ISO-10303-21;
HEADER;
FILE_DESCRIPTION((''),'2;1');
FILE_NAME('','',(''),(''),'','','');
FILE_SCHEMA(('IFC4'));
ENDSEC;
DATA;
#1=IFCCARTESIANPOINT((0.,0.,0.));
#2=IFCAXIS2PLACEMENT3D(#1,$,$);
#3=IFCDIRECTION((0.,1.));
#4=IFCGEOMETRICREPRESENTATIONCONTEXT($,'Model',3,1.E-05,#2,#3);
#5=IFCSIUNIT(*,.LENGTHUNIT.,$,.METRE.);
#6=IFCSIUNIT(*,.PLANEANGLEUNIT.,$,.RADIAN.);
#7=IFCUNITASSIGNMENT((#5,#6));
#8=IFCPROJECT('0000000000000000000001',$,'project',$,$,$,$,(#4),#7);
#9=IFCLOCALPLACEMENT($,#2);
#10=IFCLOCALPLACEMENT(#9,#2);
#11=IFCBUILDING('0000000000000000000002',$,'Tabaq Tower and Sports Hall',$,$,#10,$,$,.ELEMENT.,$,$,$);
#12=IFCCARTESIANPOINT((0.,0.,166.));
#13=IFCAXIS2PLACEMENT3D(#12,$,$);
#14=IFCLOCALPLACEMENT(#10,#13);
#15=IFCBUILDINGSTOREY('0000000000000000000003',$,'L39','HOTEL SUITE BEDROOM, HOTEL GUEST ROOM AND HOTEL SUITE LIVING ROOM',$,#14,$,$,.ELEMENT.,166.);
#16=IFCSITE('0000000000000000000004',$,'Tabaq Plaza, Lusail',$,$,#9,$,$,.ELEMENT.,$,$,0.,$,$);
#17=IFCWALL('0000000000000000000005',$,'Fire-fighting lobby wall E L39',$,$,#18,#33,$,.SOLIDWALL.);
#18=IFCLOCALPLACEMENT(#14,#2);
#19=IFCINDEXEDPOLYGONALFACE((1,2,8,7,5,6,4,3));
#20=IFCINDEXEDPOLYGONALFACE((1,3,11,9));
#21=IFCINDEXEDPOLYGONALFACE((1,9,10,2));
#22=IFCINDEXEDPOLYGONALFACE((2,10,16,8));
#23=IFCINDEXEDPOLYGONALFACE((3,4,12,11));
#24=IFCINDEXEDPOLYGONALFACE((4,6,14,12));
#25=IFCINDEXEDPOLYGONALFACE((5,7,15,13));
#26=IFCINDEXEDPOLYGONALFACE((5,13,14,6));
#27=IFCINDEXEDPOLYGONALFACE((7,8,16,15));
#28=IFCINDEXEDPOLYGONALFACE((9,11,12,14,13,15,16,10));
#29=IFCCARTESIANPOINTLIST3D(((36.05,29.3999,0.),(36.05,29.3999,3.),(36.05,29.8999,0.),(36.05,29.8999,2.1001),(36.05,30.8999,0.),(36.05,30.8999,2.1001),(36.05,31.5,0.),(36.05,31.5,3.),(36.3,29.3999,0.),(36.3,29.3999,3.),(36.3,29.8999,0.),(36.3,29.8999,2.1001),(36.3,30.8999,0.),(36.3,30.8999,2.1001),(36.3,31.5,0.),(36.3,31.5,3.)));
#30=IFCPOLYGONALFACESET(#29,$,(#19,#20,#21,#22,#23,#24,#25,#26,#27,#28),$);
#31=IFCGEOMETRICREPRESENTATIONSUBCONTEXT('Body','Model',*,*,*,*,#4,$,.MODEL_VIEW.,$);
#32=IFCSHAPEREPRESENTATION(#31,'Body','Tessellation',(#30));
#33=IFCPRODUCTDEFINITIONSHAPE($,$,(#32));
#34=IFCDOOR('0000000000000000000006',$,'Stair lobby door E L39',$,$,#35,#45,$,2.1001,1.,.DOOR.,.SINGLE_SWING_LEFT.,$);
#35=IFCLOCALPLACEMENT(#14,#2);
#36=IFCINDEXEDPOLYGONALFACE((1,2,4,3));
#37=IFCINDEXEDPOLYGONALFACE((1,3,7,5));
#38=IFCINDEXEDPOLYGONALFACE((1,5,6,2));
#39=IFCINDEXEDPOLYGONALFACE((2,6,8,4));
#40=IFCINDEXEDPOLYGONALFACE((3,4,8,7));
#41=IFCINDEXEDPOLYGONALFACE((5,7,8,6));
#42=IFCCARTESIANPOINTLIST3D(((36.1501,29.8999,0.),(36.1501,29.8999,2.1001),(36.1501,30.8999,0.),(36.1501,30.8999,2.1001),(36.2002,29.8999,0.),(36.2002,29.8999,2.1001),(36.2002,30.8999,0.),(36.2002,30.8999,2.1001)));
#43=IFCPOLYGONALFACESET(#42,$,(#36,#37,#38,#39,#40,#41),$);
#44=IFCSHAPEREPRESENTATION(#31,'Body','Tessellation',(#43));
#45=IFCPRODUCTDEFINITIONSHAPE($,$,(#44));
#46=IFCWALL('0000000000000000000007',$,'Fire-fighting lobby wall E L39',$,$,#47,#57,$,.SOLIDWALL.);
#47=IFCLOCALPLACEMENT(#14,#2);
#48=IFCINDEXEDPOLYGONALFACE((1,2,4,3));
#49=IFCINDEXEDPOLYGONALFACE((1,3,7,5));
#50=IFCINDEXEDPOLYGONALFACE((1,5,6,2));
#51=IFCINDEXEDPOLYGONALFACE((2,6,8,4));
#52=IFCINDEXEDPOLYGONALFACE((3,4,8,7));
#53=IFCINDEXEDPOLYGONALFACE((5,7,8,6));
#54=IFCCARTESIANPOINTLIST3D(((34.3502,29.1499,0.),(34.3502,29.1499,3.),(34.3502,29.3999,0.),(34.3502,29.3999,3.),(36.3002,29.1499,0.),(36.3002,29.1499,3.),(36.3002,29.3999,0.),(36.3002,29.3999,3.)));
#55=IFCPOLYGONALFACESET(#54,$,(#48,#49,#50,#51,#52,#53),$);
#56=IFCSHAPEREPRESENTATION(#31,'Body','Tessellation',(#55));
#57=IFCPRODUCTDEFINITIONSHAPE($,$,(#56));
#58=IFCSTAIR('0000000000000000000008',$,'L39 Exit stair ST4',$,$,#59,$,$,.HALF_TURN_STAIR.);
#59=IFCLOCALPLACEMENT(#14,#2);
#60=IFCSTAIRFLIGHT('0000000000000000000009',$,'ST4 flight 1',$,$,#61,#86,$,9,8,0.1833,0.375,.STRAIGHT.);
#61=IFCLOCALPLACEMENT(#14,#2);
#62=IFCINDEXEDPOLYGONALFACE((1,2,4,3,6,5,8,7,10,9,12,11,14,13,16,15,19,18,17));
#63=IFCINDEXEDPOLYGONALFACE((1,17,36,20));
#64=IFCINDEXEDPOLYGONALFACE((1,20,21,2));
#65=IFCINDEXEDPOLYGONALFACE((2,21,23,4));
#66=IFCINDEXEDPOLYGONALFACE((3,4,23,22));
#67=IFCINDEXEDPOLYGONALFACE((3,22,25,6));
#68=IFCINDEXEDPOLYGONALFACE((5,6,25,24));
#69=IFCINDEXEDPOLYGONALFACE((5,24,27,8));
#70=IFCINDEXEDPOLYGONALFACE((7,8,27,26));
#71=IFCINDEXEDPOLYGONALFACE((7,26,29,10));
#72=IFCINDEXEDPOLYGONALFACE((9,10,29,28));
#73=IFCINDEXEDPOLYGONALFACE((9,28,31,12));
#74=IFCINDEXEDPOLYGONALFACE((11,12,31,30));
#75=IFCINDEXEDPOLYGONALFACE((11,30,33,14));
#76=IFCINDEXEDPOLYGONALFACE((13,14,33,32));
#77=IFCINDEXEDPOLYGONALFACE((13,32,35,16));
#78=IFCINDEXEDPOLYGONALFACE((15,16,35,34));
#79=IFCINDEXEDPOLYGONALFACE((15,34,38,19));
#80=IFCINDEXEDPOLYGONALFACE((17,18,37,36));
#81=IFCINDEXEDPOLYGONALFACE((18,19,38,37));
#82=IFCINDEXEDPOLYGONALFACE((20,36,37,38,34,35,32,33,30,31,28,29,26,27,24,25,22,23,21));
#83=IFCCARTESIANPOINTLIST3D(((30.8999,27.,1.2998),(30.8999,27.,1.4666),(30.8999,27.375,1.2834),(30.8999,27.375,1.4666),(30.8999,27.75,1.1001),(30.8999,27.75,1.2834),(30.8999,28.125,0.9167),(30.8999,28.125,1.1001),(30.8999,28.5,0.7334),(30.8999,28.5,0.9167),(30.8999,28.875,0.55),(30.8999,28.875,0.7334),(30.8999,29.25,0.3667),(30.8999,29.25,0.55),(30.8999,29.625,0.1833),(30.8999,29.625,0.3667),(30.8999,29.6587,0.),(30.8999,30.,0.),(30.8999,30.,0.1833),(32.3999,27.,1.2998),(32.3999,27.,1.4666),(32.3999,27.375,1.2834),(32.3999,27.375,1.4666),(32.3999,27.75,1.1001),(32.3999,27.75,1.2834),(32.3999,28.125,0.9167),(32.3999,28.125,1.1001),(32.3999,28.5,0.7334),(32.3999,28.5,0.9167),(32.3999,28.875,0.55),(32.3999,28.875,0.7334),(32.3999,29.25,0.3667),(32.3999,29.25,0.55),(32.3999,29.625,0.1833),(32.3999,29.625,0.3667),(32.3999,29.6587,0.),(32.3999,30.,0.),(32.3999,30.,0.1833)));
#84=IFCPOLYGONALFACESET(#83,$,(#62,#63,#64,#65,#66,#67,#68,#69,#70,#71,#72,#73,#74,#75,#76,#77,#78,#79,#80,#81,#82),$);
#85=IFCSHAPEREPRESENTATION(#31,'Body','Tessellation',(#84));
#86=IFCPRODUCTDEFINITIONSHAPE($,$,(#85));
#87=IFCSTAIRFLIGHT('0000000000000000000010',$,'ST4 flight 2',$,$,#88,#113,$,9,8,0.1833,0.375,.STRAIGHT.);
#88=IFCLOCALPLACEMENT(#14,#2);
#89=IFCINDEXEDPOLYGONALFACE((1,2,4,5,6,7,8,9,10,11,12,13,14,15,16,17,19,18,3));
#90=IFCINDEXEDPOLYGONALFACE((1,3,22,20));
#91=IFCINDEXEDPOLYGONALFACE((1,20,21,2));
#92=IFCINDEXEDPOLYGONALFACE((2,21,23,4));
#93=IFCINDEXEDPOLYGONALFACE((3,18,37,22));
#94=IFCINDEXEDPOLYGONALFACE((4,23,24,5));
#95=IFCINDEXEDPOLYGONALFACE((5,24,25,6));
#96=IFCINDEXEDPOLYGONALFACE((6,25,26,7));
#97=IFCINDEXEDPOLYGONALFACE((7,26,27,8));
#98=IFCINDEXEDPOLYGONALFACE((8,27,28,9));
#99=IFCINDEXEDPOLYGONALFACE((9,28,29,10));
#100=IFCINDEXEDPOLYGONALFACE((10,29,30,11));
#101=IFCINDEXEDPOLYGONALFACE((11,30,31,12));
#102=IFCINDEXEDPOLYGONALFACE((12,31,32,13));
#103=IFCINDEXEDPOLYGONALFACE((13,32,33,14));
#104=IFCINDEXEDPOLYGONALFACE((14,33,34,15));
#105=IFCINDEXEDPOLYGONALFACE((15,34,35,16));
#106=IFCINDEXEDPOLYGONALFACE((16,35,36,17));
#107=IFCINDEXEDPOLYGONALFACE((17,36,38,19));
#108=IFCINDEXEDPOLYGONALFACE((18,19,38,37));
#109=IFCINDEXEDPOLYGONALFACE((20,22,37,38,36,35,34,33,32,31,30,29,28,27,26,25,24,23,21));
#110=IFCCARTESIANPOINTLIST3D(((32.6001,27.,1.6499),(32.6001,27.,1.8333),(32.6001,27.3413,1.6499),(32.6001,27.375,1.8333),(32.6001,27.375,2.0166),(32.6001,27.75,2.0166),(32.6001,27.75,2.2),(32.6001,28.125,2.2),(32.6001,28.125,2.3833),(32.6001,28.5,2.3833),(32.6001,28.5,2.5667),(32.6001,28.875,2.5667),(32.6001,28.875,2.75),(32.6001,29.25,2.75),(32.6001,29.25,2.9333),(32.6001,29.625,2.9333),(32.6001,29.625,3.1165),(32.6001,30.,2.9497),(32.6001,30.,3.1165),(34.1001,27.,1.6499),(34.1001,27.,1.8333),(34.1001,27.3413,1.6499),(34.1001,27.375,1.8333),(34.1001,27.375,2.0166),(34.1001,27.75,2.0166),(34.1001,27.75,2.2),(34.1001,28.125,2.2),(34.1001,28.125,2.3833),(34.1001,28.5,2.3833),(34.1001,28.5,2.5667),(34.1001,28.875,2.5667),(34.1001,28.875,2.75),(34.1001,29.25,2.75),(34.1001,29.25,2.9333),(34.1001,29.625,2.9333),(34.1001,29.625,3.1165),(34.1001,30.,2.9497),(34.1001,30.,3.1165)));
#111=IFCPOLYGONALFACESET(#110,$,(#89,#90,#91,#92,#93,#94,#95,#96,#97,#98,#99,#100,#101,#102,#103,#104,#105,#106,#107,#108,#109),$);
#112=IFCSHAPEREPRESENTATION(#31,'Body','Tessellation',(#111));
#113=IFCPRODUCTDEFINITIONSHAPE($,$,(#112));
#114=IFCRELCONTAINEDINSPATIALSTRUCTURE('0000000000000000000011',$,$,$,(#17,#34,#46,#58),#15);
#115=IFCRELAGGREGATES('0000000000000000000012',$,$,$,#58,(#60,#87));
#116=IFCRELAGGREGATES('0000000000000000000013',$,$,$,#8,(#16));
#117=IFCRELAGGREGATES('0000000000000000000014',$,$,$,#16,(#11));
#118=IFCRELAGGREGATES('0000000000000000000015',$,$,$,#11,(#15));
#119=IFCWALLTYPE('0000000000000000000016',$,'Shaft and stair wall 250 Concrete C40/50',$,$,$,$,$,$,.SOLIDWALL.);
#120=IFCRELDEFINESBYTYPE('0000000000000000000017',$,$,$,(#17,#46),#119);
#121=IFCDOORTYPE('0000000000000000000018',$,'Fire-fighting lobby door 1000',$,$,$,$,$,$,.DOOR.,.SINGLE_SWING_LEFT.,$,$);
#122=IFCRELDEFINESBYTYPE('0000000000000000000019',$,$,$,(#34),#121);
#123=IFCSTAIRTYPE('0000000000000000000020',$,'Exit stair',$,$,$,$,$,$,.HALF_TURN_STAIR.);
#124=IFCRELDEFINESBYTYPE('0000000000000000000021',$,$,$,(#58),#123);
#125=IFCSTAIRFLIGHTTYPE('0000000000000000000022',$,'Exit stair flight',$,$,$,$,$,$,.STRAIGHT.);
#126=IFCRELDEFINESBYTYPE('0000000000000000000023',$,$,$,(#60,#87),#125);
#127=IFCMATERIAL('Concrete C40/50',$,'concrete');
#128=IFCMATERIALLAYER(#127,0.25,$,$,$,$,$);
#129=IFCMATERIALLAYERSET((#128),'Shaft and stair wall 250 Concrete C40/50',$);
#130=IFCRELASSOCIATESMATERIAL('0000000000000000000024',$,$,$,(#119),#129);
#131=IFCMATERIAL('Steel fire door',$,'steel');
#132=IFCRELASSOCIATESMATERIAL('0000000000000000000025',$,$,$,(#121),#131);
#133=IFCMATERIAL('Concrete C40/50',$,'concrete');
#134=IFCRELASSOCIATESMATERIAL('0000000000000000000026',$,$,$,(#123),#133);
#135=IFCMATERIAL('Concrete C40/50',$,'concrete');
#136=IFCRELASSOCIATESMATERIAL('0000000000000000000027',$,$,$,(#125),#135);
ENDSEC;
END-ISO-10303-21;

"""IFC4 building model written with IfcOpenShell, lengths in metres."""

from ifc_helpers import new_model, si_unit, direction, frame, frame_2d, origin, place, context, subcontext, project, spatial, polyline, rectangle, outline, extrude, material, layer, layer_set, type_object, element, fill, aggregate, save


model = new_model("IFC4")

# Units and contexts
model_context = context("Model", 3, precision=1e-05, world=origin(), true_north=direction((0.0, 1.0)))
body_context = subcontext(model_context, "Body", "Model", "MODEL_VIEW")
ifc_project = project(units=[si_unit("LENGTHUNIT", "METRE"), si_unit("PLANEANGLEUNIT", "RADIAN")], contexts=[model_context])

# Site, building, storey
site_placement = place(None, origin())
site = spatial("IfcSite", under=ifc_project, at=site_placement, Name="Tabaq Plaza, Lusail", CompositionType="ELEMENT", RefElevation=0.0)
building_placement = place(site_placement, origin())
building = spatial("IfcBuilding", under=site, at=building_placement, Name="Tabaq Tower and Sports Hall", CompositionType="ELEMENT")
storey_placement = place(building_placement, frame((0.0, 0.0, 166.0)))
storey = spatial("IfcBuildingStorey", under=building, at=storey_placement, Name="L39", Description="HOTEL SUITE BEDROOM, HOTEL GUEST ROOM AND HOTEL SUITE LIVING ROOM", CompositionType="ELEMENT", Elevation=166.0)

# Shared definitions
ifc_material_1 = material(Name="Concrete C40/50", Category="concrete")
ifc_layer_1 = layer(ifc_material_1, 0.25)
ifc_layer_set_1 = layer_set([ifc_layer_1], Name="Shaft and stair wall 250 Concrete C40/50")
wall_type_1 = type_object("IfcWallType", Name="Shaft and stair wall 250 Concrete C40/50", PredefinedType="SOLIDWALL", material=ifc_layer_set_1)

# Wall, opening, door
wall_1_placement = place(storey_placement, frame((36.175, 29.3999, 0.0), z_axis=(0.0, 0.0, 1.0), x_axis=(0.0, 1.0, 0.0)))
wall_1 = element("IfcWall", 1, at=wall_1_placement, inside=storey, type_object=wall_type_1, Name="Fire-fighting lobby wall E L39", PredefinedType="SOLIDWALL", context=body_context, shape_type="SweptSolid", body=[
    extrude(rectangle(XDim=2.1001, YDim=0.25, at=frame_2d((1.05, 0.0))), origin(), (0.0, 0.0, 1.0), 3.0),
])
opening_1_placement = place(wall_1_placement, frame((0.5, 0.0, 0.0)))
opening_1 = element("IfcOpeningElement", 2, at=opening_1_placement, cuts=wall_1, PredefinedType="OPENING", context=body_context, shape_type="SweptSolid", body=[
    extrude(rectangle(XDim=1.0, YDim=2.1001, at=frame_2d((0.5, 1.05))), frame((0.0, 0.125, 0.0), z_axis=(0.0, -1.0, 0.0), x_axis=(1.0, 0.0, 0.0)), (0.0, 0.0, 1.0), 0.25),
])
ifc_material_2 = material(Name="Steel fire door", Category="steel")
door_type_1 = type_object("IfcDoorType", Name="Fire-fighting lobby door 1000", OperationType="SINGLE_SWING_LEFT", PredefinedType="DOOR", material=ifc_material_2)
door_1_placement = place(opening_1_placement, origin())
door_1 = element("IfcDoor", 3, at=door_1_placement, inside=storey, type_object=door_type_1, Name="Stair lobby door E L39", OperationType="SINGLE_SWING_LEFT", OverallHeight=2.1001, OverallWidth=1.0, PredefinedType="DOOR", context=body_context, shape_type="SweptSolid", body=[
    extrude(rectangle(XDim=1.0, YDim=2.1001, at=frame_2d((0.5, 1.05))), frame((0.0, 0.0249, 0.0), z_axis=(0.0, -1.0, 0.0), x_axis=(1.0, 0.0, 0.0)), (0.0, 0.0, 1.0), 0.05),
])
fill(opening_1, door_1)

# Wall
wall_2_placement = place(storey_placement, frame((34.3501, 29.2749, 0.0), z_axis=(0.0, 0.0, 1.0), x_axis=(1.0, 0.0, 0.0)))
element("IfcWall", 4, at=wall_2_placement, inside=storey, type_object=wall_type_1, Name="Fire-fighting lobby wall E L39", PredefinedType="SOLIDWALL", context=body_context, shape_type="SweptSolid", body=[
    extrude(rectangle(XDim=1.95, YDim=0.25, at=frame_2d((0.9751, 0.0))), origin(), (0.0, 0.0, 1.0), 3.0),
])

# Stair, stair flights
ifc_material_3 = material(Name="Concrete C40/50", Category="concrete")
stair_type = type_object("IfcStairType", Name="Exit stair", PredefinedType="HALF_TURN_STAIR", material=ifc_material_3)
stair_placement = place(storey_placement, origin())
stair = element("IfcStair", 5, at=stair_placement, inside=storey, type_object=stair_type, Name="L39 Exit stair ST4", PredefinedType="HALF_TURN_STAIR")
ifc_material_4 = material(Name="Concrete C40/50", Category="concrete")
stair_flight_type = type_object("IfcStairFlightType", Name="Exit stair flight", PredefinedType="STRAIGHT", material=ifc_material_4)
stair_flight_1_placement = place(storey_placement, frame((31.6499, 30.0, 0.0), z_axis=(0.0, 0.0, 1.0), x_axis=(0.0, -1.0, 0.0)))
stair_flight_1 = element("IfcStairFlight", 6, at=stair_flight_1_placement, type_object=stair_flight_type, Name="ST4 flight 1", NumberOfRisers=9, NumberOfTreads=8, PredefinedType="STRAIGHT", RiserHeight=0.1833, TreadLength=0.375, context=body_context, shape_type="SweptSolid", body=[
    extrude(outline(polyline([(0.0, 0.0), (0.0, 0.1833), (0.375, 0.1833), (0.375, 0.3667), (0.75, 0.3667), (0.75, 0.55), (1.125, 0.55), (1.125, 0.7334), (1.5, 0.7334), (1.5, 0.9167), (1.875, 0.9167), (1.875, 1.1001), (2.25, 1.1001), (2.25, 1.2834), (2.625, 1.2834), (2.625, 1.4666), (3.0, 1.4666), (3.0, 1.6499), (3.0, 1.2998), (0.3413, 0.0), (0.0, 0.0)])), frame((0.0, 0.75, 0.0), z_axis=(0.0, -1.0, 0.0), x_axis=(1.0, 0.0, 0.0)), (0.0, 0.0, 1.0), 1.5),
])
stair_flight_2_placement = place(storey_placement, frame((33.3501, 27.0, 1.6499), z_axis=(0.0, 0.0, 1.0), x_axis=(0.0, 1.0, 0.0)))
stair_flight_2 = element("IfcStairFlight", 7, at=stair_flight_2_placement, type_object=stair_flight_type, Name="ST4 flight 2", NumberOfRisers=9, NumberOfTreads=8, PredefinedType="STRAIGHT", RiserHeight=0.1833, TreadLength=0.375, context=body_context, shape_type="SweptSolid", body=[
    extrude(outline(polyline([(0.0, 0.0), (0.0, 0.1833), (0.375, 0.1833), (0.375, 0.3667), (0.75, 0.3667), (0.75, 0.55), (1.125, 0.55), (1.125, 0.7334), (1.5, 0.7334), (1.5, 0.9167), (1.875, 0.9167), (1.875, 1.1001), (2.25, 1.1001), (2.25, 1.2834), (2.625, 1.2834), (2.625, 1.4666), (3.0, 1.4666), (3.0, 1.6499), (3.0, 1.2998), (0.3413, 0.0), (0.0, 0.0)])), frame((0.0, 0.75, 0.0), z_axis=(0.0, -1.0, 0.0), x_axis=(1.0, 0.0, 0.0)), (0.0, 0.0, 1.0), 1.5),
])
aggregate(stair, [stair_flight_1, stair_flight_2])

save(model, "model.ifc")
